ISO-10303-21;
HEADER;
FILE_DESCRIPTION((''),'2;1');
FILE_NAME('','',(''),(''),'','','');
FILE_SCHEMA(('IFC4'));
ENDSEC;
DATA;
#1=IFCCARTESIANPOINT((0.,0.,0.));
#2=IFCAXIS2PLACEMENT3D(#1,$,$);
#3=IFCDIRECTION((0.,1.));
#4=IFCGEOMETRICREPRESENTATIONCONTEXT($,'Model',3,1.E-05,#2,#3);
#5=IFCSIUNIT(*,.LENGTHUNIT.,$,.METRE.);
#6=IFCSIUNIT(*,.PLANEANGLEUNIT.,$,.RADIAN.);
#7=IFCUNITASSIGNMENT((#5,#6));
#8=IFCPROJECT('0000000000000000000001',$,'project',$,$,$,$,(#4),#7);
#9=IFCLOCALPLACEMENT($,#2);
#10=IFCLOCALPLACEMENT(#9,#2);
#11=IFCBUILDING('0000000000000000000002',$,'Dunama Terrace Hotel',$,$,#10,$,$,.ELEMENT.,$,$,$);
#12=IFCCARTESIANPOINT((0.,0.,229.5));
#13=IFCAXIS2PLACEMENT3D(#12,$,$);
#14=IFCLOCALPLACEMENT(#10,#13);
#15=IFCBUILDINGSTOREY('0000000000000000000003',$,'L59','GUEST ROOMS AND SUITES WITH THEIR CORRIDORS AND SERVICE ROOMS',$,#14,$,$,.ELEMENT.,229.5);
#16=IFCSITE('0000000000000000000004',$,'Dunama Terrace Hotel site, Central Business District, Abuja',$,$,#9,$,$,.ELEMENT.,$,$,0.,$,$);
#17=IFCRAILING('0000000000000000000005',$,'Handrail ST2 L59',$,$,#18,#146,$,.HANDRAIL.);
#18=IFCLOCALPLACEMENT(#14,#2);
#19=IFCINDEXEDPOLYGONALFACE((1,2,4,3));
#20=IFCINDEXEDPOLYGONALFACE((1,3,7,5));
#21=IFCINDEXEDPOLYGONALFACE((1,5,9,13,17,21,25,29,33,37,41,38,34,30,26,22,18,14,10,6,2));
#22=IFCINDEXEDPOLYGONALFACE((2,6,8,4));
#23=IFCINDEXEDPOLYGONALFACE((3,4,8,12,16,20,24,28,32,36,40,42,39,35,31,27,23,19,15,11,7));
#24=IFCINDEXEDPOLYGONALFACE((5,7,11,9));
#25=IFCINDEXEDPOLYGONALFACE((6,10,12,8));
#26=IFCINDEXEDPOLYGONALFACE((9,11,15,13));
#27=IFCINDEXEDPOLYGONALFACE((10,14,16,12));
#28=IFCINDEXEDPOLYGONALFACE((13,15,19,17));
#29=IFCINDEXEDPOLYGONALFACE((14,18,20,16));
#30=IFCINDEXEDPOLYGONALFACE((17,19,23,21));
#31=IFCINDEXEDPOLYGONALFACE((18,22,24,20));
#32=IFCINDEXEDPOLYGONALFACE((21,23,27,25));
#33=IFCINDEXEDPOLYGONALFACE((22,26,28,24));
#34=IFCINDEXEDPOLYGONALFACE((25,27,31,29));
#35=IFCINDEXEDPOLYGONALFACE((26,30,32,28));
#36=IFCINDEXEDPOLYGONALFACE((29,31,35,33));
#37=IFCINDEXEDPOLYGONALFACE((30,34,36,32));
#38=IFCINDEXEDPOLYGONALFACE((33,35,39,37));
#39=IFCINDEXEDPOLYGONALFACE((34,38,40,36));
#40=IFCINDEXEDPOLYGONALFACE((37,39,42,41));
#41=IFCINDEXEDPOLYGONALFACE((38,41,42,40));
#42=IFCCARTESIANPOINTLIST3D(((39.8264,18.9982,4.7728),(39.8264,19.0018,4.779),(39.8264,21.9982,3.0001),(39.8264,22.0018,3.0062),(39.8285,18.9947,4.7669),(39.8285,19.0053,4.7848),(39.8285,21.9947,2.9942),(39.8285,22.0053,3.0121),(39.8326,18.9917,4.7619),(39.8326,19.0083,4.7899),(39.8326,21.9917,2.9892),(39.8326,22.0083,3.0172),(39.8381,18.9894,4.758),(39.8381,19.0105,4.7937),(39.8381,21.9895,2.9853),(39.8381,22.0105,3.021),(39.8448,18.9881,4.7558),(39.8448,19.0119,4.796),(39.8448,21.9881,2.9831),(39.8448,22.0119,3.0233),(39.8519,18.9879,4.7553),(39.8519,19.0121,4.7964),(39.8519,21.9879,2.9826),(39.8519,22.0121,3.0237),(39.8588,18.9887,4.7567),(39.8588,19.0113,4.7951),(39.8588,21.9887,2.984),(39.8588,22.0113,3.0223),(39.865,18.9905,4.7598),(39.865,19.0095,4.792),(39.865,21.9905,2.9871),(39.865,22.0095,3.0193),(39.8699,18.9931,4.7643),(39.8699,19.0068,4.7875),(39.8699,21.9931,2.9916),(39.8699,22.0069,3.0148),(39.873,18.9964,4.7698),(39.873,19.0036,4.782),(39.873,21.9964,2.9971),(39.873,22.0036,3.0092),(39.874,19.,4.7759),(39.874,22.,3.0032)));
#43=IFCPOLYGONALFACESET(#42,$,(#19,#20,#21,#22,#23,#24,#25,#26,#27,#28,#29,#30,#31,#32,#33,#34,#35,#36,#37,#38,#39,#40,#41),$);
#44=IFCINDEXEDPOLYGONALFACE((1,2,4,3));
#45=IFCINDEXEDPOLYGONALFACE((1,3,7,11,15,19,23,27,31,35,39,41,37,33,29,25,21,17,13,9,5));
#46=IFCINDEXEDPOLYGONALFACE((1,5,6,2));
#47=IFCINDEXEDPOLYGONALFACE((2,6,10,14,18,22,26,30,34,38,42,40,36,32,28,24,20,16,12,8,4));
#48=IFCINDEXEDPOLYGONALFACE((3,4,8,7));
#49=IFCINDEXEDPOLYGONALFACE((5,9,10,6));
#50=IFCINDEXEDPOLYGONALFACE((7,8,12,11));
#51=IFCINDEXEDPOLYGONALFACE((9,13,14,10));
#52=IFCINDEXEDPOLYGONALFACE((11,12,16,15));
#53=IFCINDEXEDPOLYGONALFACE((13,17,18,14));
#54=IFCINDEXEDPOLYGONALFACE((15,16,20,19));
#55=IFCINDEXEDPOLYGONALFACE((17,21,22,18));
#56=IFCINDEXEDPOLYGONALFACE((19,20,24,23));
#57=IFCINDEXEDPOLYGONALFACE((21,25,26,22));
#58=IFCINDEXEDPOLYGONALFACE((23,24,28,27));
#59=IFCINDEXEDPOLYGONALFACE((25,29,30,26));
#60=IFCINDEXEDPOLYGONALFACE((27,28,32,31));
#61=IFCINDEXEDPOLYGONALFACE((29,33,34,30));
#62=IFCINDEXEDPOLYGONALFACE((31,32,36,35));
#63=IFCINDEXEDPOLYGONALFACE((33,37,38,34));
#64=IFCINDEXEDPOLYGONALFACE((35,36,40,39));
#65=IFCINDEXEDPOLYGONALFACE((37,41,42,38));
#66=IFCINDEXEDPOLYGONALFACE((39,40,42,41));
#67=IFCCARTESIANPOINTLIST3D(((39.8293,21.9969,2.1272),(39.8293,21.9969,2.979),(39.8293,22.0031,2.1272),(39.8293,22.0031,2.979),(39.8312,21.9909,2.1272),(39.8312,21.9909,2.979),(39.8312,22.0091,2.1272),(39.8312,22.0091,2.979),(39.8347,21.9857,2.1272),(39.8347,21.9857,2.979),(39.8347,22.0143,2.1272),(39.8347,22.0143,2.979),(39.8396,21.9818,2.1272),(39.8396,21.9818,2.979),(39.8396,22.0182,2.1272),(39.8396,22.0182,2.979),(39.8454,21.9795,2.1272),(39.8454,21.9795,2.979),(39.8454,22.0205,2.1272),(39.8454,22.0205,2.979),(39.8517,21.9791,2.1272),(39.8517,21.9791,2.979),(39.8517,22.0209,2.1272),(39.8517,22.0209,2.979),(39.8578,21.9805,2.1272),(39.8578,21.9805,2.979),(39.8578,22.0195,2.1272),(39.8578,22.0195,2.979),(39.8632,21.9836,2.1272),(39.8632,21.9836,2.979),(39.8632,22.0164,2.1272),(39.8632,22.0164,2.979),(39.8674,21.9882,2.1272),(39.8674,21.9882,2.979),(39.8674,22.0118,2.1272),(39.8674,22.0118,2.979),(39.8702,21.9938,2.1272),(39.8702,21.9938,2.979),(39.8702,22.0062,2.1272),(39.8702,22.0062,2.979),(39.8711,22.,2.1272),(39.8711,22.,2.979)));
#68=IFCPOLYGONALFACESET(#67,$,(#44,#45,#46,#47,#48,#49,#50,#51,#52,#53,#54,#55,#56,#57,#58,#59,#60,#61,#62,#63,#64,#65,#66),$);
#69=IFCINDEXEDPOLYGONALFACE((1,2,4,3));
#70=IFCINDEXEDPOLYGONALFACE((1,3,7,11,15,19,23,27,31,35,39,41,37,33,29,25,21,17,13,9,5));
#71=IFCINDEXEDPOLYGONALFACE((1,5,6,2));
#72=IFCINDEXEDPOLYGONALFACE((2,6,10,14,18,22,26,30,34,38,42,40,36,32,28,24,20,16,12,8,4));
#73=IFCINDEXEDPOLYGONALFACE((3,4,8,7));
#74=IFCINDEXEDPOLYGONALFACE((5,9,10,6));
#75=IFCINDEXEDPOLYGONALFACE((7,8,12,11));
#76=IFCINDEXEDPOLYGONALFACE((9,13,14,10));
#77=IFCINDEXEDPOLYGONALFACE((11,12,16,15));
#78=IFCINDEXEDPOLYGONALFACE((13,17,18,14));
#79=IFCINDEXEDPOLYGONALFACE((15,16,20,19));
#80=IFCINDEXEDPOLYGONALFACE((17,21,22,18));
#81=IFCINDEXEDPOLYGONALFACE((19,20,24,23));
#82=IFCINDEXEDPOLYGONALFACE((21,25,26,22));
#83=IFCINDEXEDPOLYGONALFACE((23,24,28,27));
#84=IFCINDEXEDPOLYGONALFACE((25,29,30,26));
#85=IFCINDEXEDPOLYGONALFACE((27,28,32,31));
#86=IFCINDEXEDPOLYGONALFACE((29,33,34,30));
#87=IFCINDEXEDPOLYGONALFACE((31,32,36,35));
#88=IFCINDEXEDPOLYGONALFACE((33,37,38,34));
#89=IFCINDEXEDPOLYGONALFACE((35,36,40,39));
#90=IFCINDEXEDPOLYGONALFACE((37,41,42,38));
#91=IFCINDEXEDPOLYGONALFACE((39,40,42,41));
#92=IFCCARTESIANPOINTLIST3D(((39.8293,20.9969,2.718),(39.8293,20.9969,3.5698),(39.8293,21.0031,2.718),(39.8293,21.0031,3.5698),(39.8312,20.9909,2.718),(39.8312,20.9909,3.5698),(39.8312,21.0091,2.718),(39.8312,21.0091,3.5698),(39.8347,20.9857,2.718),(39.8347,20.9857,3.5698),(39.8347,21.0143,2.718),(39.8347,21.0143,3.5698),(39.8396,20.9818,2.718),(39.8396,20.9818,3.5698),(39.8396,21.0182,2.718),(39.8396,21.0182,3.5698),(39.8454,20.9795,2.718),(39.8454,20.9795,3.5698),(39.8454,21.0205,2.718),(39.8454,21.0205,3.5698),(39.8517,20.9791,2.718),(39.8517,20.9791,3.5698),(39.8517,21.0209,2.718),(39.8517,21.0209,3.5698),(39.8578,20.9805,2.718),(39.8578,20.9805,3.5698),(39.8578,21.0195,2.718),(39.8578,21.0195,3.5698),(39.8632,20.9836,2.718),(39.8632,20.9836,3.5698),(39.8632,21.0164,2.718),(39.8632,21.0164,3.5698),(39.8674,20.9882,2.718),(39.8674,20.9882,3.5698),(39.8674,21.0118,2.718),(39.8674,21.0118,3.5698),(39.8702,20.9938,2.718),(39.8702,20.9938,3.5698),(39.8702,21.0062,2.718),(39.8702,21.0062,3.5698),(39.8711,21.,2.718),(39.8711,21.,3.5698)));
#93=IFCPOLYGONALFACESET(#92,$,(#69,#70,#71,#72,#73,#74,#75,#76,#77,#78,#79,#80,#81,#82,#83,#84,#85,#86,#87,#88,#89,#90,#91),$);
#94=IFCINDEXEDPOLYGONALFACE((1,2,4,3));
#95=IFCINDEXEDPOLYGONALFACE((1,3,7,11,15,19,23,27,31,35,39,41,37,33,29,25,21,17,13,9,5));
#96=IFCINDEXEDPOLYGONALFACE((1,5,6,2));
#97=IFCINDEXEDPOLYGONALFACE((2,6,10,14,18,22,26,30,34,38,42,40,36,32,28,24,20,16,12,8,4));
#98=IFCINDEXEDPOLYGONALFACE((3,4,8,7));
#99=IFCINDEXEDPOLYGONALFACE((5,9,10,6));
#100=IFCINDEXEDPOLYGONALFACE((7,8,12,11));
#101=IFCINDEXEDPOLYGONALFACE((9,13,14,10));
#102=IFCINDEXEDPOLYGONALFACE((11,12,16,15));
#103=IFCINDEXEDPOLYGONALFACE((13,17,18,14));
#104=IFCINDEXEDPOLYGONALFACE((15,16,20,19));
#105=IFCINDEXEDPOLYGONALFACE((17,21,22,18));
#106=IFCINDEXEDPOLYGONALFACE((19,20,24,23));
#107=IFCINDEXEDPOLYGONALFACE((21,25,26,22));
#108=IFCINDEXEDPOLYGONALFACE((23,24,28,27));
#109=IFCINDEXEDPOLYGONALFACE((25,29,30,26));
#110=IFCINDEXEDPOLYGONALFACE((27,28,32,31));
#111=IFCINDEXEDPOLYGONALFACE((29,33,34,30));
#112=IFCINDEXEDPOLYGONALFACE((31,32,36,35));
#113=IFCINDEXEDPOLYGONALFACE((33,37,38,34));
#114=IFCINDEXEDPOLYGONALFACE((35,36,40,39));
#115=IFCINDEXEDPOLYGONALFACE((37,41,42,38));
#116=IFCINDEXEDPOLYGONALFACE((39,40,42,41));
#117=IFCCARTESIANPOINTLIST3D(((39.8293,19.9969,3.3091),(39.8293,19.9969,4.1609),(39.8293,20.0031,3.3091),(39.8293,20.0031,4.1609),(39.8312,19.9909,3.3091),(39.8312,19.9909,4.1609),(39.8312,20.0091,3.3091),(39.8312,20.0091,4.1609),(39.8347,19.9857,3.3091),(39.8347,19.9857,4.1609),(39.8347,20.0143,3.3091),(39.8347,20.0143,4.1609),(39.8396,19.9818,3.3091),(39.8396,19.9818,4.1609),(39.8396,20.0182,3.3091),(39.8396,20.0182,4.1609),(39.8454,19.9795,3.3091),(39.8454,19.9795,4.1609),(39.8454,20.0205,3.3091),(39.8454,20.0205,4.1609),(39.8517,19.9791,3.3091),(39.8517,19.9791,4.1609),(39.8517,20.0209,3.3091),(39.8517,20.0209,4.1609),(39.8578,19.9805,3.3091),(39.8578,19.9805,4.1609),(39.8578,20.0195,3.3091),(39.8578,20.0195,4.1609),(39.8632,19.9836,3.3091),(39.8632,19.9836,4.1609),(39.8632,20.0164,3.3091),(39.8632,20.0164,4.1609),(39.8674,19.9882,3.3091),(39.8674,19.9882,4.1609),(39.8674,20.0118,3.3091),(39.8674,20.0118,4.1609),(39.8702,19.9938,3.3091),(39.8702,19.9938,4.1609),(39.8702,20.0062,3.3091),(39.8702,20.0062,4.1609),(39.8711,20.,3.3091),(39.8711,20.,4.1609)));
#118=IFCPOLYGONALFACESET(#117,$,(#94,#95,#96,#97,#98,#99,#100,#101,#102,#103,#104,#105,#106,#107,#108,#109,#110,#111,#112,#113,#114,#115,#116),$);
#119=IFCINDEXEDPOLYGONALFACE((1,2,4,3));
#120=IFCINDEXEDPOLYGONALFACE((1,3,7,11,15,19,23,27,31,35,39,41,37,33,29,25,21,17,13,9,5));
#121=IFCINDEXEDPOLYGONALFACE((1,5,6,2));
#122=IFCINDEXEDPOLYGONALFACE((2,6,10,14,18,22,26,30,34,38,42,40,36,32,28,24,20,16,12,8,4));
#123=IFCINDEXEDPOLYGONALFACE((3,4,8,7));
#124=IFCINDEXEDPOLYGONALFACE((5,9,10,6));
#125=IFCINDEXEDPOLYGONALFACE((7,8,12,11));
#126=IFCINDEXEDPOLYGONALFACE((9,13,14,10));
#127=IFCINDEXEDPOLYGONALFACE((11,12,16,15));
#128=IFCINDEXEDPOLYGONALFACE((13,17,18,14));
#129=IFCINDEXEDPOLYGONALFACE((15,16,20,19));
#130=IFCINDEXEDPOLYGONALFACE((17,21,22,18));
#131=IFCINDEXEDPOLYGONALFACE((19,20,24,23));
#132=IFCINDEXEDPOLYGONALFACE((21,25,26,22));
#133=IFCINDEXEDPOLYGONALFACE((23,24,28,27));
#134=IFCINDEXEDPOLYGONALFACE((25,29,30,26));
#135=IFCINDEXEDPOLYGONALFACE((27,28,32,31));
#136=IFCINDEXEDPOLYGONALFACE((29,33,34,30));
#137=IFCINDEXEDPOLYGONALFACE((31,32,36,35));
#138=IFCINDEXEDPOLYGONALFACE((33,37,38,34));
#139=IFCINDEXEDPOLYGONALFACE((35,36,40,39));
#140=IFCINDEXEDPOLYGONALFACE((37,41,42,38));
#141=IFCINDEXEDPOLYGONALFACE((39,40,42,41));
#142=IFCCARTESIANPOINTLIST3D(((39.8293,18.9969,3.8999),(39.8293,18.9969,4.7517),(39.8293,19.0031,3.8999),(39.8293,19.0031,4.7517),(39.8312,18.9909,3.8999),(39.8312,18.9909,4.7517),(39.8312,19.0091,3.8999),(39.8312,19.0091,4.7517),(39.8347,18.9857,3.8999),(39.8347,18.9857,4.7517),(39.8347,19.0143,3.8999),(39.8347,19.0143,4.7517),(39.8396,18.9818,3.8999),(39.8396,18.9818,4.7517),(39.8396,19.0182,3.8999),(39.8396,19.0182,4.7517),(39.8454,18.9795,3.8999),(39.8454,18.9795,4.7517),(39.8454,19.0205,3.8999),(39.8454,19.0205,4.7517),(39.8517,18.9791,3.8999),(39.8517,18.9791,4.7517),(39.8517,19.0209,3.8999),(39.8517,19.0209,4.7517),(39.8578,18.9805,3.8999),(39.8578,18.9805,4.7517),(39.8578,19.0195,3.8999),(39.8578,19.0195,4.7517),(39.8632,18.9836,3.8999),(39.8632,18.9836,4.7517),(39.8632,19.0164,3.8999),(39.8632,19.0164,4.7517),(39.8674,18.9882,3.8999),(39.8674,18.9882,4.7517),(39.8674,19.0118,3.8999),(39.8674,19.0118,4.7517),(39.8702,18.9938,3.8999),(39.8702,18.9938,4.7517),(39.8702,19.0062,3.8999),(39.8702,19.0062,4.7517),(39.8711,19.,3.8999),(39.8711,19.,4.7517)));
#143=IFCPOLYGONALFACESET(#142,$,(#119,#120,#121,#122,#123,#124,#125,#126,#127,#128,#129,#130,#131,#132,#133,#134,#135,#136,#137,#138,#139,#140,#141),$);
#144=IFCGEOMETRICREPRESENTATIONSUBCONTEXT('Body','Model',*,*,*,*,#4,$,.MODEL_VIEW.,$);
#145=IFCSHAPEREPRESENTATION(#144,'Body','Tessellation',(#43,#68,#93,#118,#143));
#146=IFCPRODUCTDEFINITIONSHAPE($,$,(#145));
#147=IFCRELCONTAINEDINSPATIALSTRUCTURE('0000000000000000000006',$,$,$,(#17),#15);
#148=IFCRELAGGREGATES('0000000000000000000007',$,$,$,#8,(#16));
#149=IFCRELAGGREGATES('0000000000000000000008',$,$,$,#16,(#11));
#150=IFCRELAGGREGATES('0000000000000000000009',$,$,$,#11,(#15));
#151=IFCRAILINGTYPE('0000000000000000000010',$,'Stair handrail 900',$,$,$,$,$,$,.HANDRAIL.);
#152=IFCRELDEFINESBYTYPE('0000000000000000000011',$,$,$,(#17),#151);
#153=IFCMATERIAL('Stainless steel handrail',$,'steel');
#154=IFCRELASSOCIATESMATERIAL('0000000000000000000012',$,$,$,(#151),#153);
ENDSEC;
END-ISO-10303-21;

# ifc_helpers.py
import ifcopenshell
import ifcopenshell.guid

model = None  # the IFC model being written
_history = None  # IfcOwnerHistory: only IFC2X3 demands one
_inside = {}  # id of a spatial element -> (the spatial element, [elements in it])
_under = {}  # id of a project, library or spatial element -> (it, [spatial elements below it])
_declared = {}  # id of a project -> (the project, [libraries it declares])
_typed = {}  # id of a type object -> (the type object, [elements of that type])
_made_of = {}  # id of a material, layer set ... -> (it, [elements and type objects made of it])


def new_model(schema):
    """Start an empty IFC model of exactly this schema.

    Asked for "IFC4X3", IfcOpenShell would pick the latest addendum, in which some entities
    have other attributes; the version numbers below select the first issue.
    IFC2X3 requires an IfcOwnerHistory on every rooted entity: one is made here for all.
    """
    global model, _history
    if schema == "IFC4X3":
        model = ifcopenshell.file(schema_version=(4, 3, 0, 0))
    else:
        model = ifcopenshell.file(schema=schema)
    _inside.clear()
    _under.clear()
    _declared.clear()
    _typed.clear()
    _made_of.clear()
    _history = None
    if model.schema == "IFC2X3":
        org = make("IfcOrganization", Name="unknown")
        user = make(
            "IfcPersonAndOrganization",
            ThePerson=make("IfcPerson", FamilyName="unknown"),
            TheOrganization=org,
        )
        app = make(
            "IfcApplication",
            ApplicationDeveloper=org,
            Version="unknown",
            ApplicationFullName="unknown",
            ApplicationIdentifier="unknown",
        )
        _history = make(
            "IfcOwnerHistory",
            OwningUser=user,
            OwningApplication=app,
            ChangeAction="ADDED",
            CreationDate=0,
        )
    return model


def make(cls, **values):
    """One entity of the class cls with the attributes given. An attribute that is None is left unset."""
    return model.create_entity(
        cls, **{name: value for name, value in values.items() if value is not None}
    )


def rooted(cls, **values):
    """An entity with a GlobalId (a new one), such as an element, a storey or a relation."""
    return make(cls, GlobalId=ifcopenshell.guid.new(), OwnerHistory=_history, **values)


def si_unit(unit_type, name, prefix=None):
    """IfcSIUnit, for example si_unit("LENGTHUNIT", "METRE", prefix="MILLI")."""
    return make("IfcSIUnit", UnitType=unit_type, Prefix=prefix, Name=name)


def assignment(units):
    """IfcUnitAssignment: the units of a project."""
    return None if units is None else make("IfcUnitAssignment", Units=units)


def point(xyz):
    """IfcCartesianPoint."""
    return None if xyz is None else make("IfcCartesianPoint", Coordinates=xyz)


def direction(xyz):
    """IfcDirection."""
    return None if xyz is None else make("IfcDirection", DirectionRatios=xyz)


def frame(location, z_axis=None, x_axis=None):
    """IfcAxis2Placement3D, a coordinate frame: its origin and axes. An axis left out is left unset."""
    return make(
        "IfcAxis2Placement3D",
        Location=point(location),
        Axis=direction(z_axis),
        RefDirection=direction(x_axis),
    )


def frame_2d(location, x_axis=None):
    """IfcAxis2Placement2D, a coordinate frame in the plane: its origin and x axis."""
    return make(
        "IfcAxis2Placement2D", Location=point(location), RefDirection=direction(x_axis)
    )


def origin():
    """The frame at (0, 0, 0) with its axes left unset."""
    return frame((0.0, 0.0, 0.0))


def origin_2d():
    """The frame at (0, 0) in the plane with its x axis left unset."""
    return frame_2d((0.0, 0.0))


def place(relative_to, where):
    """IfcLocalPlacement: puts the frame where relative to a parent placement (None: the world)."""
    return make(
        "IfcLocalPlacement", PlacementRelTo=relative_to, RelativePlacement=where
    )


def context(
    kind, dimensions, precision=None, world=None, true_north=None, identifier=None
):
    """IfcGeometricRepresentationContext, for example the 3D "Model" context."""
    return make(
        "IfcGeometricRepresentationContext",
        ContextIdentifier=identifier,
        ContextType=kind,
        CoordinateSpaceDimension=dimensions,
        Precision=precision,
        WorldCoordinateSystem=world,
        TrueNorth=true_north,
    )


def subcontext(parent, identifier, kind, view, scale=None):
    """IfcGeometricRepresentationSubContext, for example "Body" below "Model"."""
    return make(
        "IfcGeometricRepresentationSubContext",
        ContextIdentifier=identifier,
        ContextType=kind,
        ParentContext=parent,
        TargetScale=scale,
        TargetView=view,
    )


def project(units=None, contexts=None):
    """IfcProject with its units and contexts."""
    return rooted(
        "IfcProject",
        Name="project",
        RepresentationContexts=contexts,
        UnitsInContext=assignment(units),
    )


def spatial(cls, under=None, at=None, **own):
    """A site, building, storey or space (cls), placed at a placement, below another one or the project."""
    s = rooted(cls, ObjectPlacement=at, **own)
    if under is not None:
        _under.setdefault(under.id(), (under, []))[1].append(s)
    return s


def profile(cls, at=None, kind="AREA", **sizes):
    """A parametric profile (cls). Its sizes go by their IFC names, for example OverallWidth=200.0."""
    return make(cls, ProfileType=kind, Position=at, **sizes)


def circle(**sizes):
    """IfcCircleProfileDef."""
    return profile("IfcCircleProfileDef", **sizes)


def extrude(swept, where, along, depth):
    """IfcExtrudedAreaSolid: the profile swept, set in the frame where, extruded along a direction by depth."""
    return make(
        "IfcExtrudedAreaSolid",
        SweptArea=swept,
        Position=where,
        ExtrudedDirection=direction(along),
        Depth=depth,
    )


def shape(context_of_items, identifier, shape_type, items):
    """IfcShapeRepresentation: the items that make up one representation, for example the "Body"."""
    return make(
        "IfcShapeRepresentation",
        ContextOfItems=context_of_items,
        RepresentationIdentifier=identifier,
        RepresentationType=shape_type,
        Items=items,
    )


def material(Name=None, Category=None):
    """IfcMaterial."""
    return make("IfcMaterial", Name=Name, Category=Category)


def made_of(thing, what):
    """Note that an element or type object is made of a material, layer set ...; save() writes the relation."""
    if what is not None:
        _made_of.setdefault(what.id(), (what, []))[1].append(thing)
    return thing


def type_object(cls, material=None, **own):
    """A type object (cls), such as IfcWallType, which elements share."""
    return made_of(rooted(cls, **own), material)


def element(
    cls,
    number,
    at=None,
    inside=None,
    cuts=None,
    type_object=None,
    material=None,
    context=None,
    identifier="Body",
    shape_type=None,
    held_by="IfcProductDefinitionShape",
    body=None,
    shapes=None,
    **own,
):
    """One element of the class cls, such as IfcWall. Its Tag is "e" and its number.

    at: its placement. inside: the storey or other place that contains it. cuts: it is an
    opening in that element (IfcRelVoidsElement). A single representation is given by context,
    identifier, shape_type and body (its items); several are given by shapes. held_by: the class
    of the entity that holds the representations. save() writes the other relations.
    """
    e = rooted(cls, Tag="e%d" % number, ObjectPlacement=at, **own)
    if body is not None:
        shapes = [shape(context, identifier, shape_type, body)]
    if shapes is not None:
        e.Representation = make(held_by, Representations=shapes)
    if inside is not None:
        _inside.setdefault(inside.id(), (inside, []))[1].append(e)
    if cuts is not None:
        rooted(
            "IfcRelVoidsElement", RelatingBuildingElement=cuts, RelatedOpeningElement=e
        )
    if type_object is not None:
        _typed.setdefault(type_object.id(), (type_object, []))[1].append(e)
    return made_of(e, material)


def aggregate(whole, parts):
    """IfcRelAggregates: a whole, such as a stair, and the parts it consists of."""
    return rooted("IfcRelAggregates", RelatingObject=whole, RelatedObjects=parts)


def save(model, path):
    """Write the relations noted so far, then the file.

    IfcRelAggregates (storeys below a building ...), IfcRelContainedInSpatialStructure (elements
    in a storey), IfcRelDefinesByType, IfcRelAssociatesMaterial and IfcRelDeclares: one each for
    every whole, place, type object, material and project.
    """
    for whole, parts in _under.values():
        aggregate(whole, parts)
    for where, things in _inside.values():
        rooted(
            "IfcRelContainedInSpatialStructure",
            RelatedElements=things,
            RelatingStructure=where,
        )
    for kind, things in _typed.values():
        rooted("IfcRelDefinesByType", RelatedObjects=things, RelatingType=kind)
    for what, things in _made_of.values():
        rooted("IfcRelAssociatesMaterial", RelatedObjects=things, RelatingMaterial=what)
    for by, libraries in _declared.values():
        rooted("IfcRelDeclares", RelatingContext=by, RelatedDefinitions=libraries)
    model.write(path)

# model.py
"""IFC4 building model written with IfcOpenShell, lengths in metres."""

from ifc_helpers import new_model, si_unit, direction, frame, origin, origin_2d, place, context, subcontext, project, spatial, circle, extrude, material, type_object, element, save


model = new_model("IFC4")

# Units and contexts
model_context = context("Model", 3, precision=1e-05, world=origin(), true_north=direction((0.0, 1.0)))
body_context = subcontext(model_context, "Body", "Model", "MODEL_VIEW")
ifc_project = project(units=[si_unit("LENGTHUNIT", "METRE"), si_unit("PLANEANGLEUNIT", "RADIAN")], contexts=[model_context])

# Site, building, storey
site_placement = place(None, origin())
site = spatial("IfcSite", under=ifc_project, at=site_placement, Name="Dunama Terrace Hotel site, Central Business District, Abuja", CompositionType="ELEMENT", RefElevation=0.0)
building_placement = place(site_placement, origin())
building = spatial("IfcBuilding", under=site, at=building_placement, Name="Dunama Terrace Hotel", CompositionType="ELEMENT")
storey_placement = place(building_placement, frame((0.0, 0.0, 229.5)))
storey = spatial("IfcBuildingStorey", under=building, at=storey_placement, Name="L59", Description="GUEST ROOMS AND SUITES WITH THEIR CORRIDORS AND SERVICE ROOMS", CompositionType="ELEMENT", Elevation=229.5)

# Railing
ifc_material_1 = material(Name="Stainless steel handrail", Category="steel")
railing_type = type_object("IfcRailingType", Name="Stair handrail 900", PredefinedType="HANDRAIL", material=ifc_material_1)
railing_1_placement = place(storey_placement, frame((39.8501, 22.0, 2.1272)))
element("IfcRailing", 1, at=railing_1_placement, inside=storey, type_object=railing_type, Name="Handrail ST2 L59", PredefinedType="HANDRAIL", context=body_context, shape_type="SweptSolid", body=[
    extrude(circle(Radius=0.0239, at=origin_2d()), frame((0.0, 0.0, 0.876), z_axis=(0.0, -0.860929, 0.508725), x_axis=(1.0, 0.0, 0.0)), (0.0, 0.0, 1.0), 3.4846),
    extrude(circle(Radius=0.021, at=origin_2d()), origin(), (0.0, 0.0, 1.0), 0.8518),
    extrude(circle(Radius=0.021, at=origin_2d()), frame((0.0, -1.0, 0.5908)), (0.0, 0.0, 1.0), 0.8518),
    extrude(circle(Radius=0.021, at=origin_2d()), frame((0.0, -2.0, 1.1819)), (0.0, 0.0, 1.0), 0.8518),
    extrude(circle(Radius=0.021, at=origin_2d()), frame((0.0, -3.0, 1.7727)), (0.0, 0.0, 1.0), 0.8518),
])

save(model, "model.ifc")
